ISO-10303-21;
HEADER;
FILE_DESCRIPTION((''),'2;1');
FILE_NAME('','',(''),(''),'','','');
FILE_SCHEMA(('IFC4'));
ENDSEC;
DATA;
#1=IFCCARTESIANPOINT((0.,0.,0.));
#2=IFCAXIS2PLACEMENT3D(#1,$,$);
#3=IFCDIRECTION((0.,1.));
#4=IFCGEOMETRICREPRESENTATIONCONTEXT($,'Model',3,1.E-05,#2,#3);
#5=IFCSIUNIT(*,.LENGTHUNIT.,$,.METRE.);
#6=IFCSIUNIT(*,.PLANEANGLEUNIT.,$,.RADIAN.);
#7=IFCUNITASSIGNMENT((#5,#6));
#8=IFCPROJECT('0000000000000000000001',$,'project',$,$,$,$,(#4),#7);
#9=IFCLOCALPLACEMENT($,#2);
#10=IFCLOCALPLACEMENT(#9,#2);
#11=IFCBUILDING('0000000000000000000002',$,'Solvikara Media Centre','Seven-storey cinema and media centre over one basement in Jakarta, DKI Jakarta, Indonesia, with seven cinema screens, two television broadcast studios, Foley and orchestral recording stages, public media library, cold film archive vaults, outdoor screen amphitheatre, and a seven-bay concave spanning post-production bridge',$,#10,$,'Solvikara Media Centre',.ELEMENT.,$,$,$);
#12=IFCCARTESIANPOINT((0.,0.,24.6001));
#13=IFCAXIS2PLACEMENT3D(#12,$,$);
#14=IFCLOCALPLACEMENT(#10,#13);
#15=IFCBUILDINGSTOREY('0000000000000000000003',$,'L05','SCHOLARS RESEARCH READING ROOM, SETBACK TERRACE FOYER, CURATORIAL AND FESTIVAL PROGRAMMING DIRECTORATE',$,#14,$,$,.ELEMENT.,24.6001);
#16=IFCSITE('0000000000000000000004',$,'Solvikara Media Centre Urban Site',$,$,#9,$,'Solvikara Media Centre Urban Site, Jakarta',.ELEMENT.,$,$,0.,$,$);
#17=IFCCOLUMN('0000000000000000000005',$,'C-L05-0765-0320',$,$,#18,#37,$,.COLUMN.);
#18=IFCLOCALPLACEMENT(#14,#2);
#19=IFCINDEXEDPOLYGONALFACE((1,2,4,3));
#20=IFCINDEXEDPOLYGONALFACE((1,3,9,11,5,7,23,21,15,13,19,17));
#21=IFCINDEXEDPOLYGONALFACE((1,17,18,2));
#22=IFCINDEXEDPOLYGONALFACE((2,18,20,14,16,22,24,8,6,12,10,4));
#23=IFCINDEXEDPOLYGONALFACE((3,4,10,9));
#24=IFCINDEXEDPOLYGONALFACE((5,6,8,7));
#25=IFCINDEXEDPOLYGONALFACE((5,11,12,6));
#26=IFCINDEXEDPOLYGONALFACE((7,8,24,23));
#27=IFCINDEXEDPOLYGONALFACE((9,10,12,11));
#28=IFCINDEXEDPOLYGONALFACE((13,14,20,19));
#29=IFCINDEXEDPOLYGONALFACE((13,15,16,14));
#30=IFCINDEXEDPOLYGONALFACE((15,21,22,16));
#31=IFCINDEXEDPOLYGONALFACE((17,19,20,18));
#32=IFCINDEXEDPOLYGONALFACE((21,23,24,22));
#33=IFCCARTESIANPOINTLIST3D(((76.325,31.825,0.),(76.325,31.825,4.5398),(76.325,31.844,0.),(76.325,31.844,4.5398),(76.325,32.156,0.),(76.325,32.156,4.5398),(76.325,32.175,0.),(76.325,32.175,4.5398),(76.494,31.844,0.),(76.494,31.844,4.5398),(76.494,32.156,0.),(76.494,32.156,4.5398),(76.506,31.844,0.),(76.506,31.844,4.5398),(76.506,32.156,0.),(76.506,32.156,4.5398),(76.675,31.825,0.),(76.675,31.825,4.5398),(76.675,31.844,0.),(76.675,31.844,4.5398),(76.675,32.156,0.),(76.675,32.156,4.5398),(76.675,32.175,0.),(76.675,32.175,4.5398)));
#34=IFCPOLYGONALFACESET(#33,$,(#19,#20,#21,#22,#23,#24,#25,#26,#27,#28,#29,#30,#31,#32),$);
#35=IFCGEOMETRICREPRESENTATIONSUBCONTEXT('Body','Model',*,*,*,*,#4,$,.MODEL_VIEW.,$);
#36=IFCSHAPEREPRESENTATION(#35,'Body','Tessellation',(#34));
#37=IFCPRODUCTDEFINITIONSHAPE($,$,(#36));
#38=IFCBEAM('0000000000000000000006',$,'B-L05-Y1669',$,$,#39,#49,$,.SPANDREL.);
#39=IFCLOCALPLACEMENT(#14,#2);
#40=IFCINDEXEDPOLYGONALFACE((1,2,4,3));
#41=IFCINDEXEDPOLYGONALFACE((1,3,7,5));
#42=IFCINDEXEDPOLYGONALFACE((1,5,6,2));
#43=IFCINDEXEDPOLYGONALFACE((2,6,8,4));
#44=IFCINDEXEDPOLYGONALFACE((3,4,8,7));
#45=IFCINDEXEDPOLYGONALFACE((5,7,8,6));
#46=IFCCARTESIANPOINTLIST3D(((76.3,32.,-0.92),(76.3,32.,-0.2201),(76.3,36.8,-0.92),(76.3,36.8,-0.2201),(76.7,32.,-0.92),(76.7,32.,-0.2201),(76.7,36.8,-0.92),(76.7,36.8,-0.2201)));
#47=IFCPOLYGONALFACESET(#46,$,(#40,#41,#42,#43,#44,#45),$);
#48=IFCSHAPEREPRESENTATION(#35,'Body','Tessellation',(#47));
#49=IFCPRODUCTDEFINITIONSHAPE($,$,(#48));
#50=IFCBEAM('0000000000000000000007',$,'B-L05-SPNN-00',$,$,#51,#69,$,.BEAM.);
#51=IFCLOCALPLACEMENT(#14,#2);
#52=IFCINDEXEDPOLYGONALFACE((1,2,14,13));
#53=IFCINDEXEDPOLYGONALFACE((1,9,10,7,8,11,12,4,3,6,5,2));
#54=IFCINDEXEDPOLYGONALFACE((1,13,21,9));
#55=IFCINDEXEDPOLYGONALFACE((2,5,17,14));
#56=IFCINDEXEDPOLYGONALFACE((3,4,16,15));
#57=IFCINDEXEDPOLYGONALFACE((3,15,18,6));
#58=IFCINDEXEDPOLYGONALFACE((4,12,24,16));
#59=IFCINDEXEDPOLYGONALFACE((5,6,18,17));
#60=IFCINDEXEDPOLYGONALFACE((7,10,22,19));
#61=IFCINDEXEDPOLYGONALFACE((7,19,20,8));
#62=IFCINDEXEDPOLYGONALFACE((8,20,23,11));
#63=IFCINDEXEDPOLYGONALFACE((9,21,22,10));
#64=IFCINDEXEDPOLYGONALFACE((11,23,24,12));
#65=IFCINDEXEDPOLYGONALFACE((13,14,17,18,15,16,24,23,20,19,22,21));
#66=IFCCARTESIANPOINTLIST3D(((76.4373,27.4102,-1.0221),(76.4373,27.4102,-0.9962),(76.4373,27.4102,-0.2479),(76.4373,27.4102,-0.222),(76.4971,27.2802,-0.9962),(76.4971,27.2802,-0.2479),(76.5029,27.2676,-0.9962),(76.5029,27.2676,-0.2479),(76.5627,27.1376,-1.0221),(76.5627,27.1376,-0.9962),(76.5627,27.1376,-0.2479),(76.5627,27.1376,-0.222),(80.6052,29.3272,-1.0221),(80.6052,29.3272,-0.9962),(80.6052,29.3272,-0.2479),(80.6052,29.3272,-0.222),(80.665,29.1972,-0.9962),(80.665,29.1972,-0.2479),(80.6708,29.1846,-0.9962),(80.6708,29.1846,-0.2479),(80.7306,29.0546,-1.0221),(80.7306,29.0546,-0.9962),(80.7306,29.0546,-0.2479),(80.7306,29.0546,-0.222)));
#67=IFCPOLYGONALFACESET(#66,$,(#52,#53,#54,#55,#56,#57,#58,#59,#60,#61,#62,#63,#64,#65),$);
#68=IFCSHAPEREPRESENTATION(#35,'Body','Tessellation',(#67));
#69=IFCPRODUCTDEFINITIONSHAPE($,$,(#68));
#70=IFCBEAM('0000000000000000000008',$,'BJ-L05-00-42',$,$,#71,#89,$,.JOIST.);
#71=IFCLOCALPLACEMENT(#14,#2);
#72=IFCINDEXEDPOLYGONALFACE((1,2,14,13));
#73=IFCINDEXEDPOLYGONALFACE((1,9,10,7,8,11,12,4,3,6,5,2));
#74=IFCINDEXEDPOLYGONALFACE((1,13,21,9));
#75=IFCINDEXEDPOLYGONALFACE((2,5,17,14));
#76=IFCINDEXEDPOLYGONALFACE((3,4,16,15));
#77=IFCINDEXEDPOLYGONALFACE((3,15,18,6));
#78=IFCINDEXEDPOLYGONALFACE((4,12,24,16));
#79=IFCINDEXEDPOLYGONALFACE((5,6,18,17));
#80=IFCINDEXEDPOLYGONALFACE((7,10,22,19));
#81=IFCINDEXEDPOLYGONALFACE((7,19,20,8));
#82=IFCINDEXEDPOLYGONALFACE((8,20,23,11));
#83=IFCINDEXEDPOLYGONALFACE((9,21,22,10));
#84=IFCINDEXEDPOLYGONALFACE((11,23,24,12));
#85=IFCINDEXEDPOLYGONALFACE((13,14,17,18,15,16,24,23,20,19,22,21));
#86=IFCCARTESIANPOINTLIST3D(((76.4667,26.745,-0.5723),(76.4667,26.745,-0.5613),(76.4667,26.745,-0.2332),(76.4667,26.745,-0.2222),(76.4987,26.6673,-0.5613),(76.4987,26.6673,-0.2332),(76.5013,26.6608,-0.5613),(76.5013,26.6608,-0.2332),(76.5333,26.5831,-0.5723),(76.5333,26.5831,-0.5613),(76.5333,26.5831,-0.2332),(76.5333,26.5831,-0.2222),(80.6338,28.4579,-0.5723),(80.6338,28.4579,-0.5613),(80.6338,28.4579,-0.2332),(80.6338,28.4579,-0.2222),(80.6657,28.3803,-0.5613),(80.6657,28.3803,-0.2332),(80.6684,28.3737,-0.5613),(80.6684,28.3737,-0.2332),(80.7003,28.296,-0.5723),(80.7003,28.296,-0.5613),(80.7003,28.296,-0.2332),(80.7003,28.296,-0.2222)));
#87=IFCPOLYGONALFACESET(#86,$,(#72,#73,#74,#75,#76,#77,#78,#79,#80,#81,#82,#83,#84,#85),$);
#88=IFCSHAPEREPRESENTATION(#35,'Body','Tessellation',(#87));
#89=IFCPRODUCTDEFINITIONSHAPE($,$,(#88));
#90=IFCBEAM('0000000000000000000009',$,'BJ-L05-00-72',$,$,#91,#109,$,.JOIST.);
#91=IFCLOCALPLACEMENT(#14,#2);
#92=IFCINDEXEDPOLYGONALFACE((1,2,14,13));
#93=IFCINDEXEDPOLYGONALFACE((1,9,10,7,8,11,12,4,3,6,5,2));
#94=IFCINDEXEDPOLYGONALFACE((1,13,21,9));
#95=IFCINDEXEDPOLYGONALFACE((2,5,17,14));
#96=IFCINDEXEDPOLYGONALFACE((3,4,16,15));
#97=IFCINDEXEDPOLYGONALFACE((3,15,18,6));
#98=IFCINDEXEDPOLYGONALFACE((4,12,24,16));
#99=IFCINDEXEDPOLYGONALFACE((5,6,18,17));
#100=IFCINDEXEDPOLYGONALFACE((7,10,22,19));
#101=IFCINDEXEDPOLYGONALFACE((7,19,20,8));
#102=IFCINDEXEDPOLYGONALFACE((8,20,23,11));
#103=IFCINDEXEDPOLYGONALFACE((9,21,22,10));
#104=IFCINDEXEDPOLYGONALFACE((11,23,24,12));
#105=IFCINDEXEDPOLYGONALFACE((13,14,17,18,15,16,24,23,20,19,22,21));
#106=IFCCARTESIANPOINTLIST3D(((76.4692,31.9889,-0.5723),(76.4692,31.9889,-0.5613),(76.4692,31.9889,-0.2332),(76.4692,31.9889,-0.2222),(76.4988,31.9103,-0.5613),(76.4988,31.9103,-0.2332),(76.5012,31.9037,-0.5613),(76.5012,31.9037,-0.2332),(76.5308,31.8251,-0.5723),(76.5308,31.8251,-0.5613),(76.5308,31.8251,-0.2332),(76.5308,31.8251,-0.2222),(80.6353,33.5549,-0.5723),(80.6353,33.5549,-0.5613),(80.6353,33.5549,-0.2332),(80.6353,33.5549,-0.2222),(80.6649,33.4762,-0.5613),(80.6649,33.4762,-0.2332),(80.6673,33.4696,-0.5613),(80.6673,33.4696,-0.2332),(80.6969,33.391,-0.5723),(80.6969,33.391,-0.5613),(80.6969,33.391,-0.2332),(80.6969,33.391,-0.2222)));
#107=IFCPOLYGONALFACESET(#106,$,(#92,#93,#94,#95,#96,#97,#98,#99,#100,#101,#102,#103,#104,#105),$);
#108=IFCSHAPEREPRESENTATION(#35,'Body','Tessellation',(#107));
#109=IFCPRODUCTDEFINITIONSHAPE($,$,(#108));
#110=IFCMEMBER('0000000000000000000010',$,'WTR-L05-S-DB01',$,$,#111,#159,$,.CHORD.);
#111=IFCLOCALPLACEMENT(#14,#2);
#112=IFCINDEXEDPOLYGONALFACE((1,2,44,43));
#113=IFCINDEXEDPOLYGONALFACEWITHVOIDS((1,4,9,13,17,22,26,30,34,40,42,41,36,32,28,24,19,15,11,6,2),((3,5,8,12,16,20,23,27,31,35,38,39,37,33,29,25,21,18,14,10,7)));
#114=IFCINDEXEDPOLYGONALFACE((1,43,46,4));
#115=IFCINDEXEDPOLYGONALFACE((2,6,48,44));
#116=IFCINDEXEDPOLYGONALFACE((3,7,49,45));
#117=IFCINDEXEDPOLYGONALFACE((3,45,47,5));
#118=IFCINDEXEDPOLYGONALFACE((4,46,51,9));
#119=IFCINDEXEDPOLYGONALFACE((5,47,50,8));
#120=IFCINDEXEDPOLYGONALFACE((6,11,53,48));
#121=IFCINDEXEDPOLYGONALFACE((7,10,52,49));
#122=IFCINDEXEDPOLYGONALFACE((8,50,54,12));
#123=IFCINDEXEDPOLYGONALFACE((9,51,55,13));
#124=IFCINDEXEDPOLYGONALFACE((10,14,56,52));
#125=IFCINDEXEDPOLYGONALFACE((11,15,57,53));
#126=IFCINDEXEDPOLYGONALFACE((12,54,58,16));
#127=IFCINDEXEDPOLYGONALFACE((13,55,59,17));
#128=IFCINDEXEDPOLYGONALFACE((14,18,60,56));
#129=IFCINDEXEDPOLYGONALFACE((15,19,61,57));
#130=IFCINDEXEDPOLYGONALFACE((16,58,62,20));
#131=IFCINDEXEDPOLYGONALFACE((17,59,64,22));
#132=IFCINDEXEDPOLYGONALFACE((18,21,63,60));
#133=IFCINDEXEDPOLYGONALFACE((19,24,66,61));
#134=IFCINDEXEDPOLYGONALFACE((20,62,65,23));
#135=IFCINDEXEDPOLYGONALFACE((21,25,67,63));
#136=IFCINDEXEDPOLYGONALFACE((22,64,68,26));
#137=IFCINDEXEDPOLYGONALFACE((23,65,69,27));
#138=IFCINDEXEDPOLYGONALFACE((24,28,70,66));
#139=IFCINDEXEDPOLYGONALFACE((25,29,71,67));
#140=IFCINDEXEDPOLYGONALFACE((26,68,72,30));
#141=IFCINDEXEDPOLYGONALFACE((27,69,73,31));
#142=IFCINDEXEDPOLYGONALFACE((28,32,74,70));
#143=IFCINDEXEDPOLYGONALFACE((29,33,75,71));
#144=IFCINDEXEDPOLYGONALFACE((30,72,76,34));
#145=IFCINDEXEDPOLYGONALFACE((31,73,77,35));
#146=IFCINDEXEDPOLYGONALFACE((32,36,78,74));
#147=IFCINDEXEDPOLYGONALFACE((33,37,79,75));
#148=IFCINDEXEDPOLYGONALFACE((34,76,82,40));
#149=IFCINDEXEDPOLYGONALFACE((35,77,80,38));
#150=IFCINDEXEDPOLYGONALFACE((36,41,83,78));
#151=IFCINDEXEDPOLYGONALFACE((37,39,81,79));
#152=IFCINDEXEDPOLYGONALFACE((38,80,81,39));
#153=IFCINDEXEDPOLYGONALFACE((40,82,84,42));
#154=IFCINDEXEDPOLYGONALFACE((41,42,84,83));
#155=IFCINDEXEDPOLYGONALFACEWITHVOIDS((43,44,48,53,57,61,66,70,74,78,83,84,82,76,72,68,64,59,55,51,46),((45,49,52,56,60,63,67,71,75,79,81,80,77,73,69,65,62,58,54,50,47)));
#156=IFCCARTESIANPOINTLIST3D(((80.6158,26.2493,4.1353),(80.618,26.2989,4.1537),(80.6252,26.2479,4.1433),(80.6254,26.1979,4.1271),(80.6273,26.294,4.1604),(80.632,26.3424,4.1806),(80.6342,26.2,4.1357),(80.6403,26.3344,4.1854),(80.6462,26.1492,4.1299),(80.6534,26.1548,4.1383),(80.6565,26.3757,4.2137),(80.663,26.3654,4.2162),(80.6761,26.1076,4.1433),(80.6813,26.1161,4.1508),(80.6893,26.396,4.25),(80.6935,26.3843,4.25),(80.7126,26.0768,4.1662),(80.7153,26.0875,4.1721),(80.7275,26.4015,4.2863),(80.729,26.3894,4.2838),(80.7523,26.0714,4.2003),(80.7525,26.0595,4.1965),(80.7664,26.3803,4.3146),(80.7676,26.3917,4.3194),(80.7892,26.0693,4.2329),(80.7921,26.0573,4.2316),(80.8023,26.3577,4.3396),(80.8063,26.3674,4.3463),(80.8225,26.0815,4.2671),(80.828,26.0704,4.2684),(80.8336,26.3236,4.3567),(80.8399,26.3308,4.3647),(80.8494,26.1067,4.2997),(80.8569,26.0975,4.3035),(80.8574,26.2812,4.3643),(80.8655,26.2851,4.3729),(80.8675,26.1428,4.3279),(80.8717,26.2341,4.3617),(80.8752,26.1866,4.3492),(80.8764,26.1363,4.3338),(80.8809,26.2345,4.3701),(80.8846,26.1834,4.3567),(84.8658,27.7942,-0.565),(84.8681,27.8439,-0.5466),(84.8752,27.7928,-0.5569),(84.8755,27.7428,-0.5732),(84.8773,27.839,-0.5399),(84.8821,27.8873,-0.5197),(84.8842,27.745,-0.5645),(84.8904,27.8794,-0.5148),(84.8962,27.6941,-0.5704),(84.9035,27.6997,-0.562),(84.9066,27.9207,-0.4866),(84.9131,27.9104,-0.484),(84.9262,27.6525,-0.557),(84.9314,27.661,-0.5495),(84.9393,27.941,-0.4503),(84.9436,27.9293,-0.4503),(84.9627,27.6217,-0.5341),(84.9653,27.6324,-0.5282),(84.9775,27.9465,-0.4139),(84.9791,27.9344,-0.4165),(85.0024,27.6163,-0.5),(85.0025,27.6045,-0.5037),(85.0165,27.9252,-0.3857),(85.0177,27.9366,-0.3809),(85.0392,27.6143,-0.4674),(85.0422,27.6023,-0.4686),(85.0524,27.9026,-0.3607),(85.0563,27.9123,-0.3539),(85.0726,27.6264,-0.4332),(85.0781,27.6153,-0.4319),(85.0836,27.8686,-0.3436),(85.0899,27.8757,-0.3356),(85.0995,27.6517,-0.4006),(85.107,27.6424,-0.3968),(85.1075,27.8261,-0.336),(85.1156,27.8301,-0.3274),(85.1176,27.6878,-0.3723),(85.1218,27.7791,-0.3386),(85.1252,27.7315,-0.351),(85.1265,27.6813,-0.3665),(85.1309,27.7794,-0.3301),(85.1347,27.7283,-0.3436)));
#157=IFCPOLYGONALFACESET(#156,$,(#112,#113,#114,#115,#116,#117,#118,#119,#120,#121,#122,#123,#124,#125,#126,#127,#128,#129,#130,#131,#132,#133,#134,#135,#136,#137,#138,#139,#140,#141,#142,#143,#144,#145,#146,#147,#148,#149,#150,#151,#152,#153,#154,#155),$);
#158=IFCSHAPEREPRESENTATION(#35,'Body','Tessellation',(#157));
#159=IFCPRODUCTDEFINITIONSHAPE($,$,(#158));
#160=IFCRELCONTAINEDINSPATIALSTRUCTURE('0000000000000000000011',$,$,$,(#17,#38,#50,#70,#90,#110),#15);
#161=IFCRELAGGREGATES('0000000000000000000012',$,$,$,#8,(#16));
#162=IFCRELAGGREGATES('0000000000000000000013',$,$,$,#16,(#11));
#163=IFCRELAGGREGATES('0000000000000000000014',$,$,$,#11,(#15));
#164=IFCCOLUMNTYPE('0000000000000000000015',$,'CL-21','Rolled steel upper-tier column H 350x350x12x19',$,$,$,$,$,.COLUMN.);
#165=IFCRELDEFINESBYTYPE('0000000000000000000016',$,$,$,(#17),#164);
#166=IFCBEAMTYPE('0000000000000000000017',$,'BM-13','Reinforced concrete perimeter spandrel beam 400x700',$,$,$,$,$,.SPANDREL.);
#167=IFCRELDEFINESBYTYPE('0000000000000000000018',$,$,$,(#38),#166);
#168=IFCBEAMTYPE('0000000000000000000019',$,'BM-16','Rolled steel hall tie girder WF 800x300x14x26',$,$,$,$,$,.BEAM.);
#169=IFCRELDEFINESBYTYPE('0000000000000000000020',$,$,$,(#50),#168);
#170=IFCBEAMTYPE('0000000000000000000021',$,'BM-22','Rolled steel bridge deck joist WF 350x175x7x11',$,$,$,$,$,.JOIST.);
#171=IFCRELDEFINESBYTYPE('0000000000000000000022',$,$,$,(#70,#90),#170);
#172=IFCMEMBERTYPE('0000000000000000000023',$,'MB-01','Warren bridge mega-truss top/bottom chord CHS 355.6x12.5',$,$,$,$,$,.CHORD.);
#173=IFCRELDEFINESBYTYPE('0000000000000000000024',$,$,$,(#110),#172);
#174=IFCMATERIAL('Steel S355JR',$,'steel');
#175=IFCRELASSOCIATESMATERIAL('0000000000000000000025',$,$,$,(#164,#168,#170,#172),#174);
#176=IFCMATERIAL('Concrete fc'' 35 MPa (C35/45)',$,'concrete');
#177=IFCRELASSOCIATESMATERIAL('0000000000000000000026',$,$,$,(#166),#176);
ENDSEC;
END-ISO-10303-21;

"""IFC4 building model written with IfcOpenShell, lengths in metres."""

from ifc_helpers import new_model, si_unit, direction, frame, origin, origin_2d, place, context, subcontext, project, spatial, rectangle, hollow_circle, i_section, extrude, material, material_profile, profile_set, type_object, element, save


model = new_model("IFC4")

# Units and contexts
model_context = context("Model", 3, precision=1e-05, world=origin(), true_north=direction((0.0, 1.0)))
body_context = subcontext(model_context, "Body", "Model", "MODEL_VIEW")
ifc_project = project(units=[si_unit("LENGTHUNIT", "METRE"), si_unit("PLANEANGLEUNIT", "RADIAN")], contexts=[model_context])

# Site, building, storey
site_placement = place(None, origin())
site = spatial("IfcSite", under=ifc_project, at=site_placement, Name="Solvikara Media Centre Urban Site", LongName="Solvikara Media Centre Urban Site, Jakarta", CompositionType="ELEMENT", RefElevation=0.0)
building_placement = place(site_placement, origin())
building = spatial("IfcBuilding", under=site, at=building_placement, Name="Solvikara Media Centre", Description="Seven-storey cinema and media centre over one basement in Jakarta, DKI Jakarta, Indonesia, with seven cinema screens, two television broadcast studios, Foley and orchestral recording stages, public media library, cold film archive vaults, outdoor screen amphitheatre, and a seven-bay concave spanning post-production bridge", LongName="Solvikara Media Centre", CompositionType="ELEMENT")
storey_placement = place(building_placement, frame((0.0, 0.0, 24.6001)))
storey = spatial("IfcBuildingStorey", under=building, at=storey_placement, Name="L05", Description="SCHOLARS RESEARCH READING ROOM, SETBACK TERRACE FOYER, CURATORIAL AND FESTIVAL PROGRAMMING DIRECTORATE", CompositionType="ELEMENT", Elevation=24.6001)

# Column
ifc_material_1 = material(Name="Steel S355JR", Category="steel")
ifc_material_profile_1 = material_profile(ifc_material_1, i_section(OverallWidth=0.3501, OverallDepth=0.3501, WebThickness=0.012, FlangeThickness=0.019, at=origin_2d()), Name="H 350x350x12x19")
ifc_profile_set_1 = profile_set([ifc_material_profile_1], Name="Steel S355JR")
column_type = type_object("IfcColumnType", Name="CL-21", Description="Rolled steel upper-tier column H 350x350x12x19", PredefinedType="COLUMN", material=ifc_profile_set_1)
column_placement = place(storey_placement, frame((76.5, 32.0, 0.0), z_axis=(0.0, 0.0, 1.0), x_axis=(1.0, 0.0, 0.0)))
element("IfcColumn", 1, at=column_placement, inside=storey, type_object=column_type, Name="C-L05-0765-0320", PredefinedType="COLUMN", context=body_context, shape_type="SweptSolid", body=[
    extrude(i_section(OverallWidth=0.3501, OverallDepth=0.3501, WebThickness=0.012, FlangeThickness=0.019, at=origin_2d()), origin(), (0.0, 0.0, 1.0), 4.5398),
])

# Beams
ifc_material_2 = material(Name="Concrete fc' 35 MPa (C35/45)", Category="concrete")
ifc_material_profile_2 = material_profile(ifc_material_2, rectangle(XDim=0.3999, YDim=0.7, at=origin_2d()), Name="RC 400x700")
ifc_profile_set_2 = profile_set([ifc_material_profile_2], Name="Concrete fc' 35 MPa (C35/45)")
beam_type_1 = type_object("IfcBeamType", Name="BM-13", Description="Reinforced concrete perimeter spandrel beam 400x700", PredefinedType="SPANDREL", material=ifc_profile_set_2)
beam_1_placement = place(storey_placement, frame((76.5, 32.0, -0.5701), z_axis=(0.0, 1.0, 0.0), x_axis=(-1.0, 0.0, 0.0)))
element("IfcBeam", 2, at=beam_1_placement, inside=storey, type_object=beam_type_1, Name="B-L05-Y1669", PredefinedType="SPANDREL", context=body_context, shape_type="SweptSolid", body=[
    extrude(rectangle(XDim=0.3999, YDim=0.7, at=origin_2d()), origin(), (0.0, 0.0, 1.0), 4.8),
])
ifc_material_profile_3 = material_profile(ifc_material_1, i_section(OverallWidth=0.3, OverallDepth=0.8, WebThickness=0.0139, FlangeThickness=0.0259, at=origin_2d()), Name="WF 800x300x14x26")
ifc_profile_set_3 = profile_set([ifc_material_profile_3], Name="Steel S355JR")
beam_type_2 = type_object("IfcBeamType", Name="BM-16", Description="Rolled steel hall tie girder WF 800x300x14x26", PredefinedType="BEAM", material=ifc_profile_set_3)
beam_2_placement = place(storey_placement, frame((76.5, 27.2739, -0.6221), z_axis=(0.908513, 0.417856, 0.0), x_axis=(-0.417856, 0.908513, 0.0)))
element("IfcBeam", 3, at=beam_2_placement, inside=storey, type_object=beam_type_2, Name="B-L05-SPNN-00", PredefinedType="BEAM", context=body_context, shape_type="SweptSolid", body=[
    extrude(i_section(OverallWidth=0.3, OverallDepth=0.8, WebThickness=0.0139, FlangeThickness=0.0259, at=origin_2d()), origin(), (0.0, 0.0, 1.0), 4.5876),
])
ifc_material_profile_4 = material_profile(ifc_material_1, i_section(OverallWidth=0.175, OverallDepth=0.3501, WebThickness=0.0071, FlangeThickness=0.011, at=origin_2d()), Name="WF 350x175x7x11")
ifc_profile_set_4 = profile_set([ifc_material_profile_4], Name="Steel S355JR")
beam_type_3 = type_object("IfcBeamType", Name="BM-22", Description="Rolled steel bridge deck joist WF 350x175x7x11", PredefinedType="JOIST", material=ifc_profile_set_4)
beam_3_placement = place(storey_placement, frame((76.5, 26.6641, -0.3972), z_axis=(0.924907, 0.380194, 0.0), x_axis=(-0.380194, 0.924907, 0.0)))
element("IfcBeam", 4, at=beam_3_placement, inside=storey, type_object=beam_type_3, Name="BJ-L05-00-42", PredefinedType="JOIST", context=body_context, shape_type="SweptSolid", body=[
    extrude(i_section(OverallWidth=0.175, OverallDepth=0.3501, WebThickness=0.0071, FlangeThickness=0.011, at=origin_2d()), origin(), (0.0, 0.0, 1.0), 4.5054),
])
beam_4_placement = place(storey_placement, frame((76.5, 31.907, -0.3972), z_axis=(0.936058, 0.351845, 0.0), x_axis=(-0.351845, 0.936058, 0.0)))
element("IfcBeam", 5, at=beam_4_placement, inside=storey, type_object=beam_type_3, Name="BJ-L05-00-72", PredefinedType="JOIST", context=body_context, shape_type="SweptSolid", body=[
    extrude(i_section(OverallWidth=0.175, OverallDepth=0.3501, WebThickness=0.0071, FlangeThickness=0.011, at=origin_2d()), origin(), (0.0, 0.0, 1.0), 4.4507),
])

# Member
ifc_material_profile_5 = material_profile(ifc_material_1, hollow_circle(Radius=0.1777, WallThickness=0.0125, at=origin_2d()), Name="CHS 355.6x12.5")
ifc_profile_set_5 = profile_set([ifc_material_profile_5], Name="Steel S355JR")
member_type_1 = type_object("IfcMemberType", Name="MB-01", Description="Warren bridge mega-truss top/bottom chord CHS 355.6x12.5", PredefinedType="CHORD", material=ifc_profile_set_5)
member_1_placement = place(storey_placement, frame((80.75, 26.229, 4.25), z_axis=(0.651605, 0.236866, -0.720629), x_axis=(-0.341639, 0.939831, 0.0)))
element("IfcMember", 6, at=member_1_placement, inside=storey, type_object=member_type_1, Name="WTR-L05-S-DB01", PredefinedType="CHORD", context=body_context, shape_type="SweptSolid", body=[
    extrude(hollow_circle(Radius=0.1777, WallThickness=0.0125, at=origin_2d()), origin(), (0.0, 0.0, 1.0), 6.5225),
])

save(model, "model.ifc")
